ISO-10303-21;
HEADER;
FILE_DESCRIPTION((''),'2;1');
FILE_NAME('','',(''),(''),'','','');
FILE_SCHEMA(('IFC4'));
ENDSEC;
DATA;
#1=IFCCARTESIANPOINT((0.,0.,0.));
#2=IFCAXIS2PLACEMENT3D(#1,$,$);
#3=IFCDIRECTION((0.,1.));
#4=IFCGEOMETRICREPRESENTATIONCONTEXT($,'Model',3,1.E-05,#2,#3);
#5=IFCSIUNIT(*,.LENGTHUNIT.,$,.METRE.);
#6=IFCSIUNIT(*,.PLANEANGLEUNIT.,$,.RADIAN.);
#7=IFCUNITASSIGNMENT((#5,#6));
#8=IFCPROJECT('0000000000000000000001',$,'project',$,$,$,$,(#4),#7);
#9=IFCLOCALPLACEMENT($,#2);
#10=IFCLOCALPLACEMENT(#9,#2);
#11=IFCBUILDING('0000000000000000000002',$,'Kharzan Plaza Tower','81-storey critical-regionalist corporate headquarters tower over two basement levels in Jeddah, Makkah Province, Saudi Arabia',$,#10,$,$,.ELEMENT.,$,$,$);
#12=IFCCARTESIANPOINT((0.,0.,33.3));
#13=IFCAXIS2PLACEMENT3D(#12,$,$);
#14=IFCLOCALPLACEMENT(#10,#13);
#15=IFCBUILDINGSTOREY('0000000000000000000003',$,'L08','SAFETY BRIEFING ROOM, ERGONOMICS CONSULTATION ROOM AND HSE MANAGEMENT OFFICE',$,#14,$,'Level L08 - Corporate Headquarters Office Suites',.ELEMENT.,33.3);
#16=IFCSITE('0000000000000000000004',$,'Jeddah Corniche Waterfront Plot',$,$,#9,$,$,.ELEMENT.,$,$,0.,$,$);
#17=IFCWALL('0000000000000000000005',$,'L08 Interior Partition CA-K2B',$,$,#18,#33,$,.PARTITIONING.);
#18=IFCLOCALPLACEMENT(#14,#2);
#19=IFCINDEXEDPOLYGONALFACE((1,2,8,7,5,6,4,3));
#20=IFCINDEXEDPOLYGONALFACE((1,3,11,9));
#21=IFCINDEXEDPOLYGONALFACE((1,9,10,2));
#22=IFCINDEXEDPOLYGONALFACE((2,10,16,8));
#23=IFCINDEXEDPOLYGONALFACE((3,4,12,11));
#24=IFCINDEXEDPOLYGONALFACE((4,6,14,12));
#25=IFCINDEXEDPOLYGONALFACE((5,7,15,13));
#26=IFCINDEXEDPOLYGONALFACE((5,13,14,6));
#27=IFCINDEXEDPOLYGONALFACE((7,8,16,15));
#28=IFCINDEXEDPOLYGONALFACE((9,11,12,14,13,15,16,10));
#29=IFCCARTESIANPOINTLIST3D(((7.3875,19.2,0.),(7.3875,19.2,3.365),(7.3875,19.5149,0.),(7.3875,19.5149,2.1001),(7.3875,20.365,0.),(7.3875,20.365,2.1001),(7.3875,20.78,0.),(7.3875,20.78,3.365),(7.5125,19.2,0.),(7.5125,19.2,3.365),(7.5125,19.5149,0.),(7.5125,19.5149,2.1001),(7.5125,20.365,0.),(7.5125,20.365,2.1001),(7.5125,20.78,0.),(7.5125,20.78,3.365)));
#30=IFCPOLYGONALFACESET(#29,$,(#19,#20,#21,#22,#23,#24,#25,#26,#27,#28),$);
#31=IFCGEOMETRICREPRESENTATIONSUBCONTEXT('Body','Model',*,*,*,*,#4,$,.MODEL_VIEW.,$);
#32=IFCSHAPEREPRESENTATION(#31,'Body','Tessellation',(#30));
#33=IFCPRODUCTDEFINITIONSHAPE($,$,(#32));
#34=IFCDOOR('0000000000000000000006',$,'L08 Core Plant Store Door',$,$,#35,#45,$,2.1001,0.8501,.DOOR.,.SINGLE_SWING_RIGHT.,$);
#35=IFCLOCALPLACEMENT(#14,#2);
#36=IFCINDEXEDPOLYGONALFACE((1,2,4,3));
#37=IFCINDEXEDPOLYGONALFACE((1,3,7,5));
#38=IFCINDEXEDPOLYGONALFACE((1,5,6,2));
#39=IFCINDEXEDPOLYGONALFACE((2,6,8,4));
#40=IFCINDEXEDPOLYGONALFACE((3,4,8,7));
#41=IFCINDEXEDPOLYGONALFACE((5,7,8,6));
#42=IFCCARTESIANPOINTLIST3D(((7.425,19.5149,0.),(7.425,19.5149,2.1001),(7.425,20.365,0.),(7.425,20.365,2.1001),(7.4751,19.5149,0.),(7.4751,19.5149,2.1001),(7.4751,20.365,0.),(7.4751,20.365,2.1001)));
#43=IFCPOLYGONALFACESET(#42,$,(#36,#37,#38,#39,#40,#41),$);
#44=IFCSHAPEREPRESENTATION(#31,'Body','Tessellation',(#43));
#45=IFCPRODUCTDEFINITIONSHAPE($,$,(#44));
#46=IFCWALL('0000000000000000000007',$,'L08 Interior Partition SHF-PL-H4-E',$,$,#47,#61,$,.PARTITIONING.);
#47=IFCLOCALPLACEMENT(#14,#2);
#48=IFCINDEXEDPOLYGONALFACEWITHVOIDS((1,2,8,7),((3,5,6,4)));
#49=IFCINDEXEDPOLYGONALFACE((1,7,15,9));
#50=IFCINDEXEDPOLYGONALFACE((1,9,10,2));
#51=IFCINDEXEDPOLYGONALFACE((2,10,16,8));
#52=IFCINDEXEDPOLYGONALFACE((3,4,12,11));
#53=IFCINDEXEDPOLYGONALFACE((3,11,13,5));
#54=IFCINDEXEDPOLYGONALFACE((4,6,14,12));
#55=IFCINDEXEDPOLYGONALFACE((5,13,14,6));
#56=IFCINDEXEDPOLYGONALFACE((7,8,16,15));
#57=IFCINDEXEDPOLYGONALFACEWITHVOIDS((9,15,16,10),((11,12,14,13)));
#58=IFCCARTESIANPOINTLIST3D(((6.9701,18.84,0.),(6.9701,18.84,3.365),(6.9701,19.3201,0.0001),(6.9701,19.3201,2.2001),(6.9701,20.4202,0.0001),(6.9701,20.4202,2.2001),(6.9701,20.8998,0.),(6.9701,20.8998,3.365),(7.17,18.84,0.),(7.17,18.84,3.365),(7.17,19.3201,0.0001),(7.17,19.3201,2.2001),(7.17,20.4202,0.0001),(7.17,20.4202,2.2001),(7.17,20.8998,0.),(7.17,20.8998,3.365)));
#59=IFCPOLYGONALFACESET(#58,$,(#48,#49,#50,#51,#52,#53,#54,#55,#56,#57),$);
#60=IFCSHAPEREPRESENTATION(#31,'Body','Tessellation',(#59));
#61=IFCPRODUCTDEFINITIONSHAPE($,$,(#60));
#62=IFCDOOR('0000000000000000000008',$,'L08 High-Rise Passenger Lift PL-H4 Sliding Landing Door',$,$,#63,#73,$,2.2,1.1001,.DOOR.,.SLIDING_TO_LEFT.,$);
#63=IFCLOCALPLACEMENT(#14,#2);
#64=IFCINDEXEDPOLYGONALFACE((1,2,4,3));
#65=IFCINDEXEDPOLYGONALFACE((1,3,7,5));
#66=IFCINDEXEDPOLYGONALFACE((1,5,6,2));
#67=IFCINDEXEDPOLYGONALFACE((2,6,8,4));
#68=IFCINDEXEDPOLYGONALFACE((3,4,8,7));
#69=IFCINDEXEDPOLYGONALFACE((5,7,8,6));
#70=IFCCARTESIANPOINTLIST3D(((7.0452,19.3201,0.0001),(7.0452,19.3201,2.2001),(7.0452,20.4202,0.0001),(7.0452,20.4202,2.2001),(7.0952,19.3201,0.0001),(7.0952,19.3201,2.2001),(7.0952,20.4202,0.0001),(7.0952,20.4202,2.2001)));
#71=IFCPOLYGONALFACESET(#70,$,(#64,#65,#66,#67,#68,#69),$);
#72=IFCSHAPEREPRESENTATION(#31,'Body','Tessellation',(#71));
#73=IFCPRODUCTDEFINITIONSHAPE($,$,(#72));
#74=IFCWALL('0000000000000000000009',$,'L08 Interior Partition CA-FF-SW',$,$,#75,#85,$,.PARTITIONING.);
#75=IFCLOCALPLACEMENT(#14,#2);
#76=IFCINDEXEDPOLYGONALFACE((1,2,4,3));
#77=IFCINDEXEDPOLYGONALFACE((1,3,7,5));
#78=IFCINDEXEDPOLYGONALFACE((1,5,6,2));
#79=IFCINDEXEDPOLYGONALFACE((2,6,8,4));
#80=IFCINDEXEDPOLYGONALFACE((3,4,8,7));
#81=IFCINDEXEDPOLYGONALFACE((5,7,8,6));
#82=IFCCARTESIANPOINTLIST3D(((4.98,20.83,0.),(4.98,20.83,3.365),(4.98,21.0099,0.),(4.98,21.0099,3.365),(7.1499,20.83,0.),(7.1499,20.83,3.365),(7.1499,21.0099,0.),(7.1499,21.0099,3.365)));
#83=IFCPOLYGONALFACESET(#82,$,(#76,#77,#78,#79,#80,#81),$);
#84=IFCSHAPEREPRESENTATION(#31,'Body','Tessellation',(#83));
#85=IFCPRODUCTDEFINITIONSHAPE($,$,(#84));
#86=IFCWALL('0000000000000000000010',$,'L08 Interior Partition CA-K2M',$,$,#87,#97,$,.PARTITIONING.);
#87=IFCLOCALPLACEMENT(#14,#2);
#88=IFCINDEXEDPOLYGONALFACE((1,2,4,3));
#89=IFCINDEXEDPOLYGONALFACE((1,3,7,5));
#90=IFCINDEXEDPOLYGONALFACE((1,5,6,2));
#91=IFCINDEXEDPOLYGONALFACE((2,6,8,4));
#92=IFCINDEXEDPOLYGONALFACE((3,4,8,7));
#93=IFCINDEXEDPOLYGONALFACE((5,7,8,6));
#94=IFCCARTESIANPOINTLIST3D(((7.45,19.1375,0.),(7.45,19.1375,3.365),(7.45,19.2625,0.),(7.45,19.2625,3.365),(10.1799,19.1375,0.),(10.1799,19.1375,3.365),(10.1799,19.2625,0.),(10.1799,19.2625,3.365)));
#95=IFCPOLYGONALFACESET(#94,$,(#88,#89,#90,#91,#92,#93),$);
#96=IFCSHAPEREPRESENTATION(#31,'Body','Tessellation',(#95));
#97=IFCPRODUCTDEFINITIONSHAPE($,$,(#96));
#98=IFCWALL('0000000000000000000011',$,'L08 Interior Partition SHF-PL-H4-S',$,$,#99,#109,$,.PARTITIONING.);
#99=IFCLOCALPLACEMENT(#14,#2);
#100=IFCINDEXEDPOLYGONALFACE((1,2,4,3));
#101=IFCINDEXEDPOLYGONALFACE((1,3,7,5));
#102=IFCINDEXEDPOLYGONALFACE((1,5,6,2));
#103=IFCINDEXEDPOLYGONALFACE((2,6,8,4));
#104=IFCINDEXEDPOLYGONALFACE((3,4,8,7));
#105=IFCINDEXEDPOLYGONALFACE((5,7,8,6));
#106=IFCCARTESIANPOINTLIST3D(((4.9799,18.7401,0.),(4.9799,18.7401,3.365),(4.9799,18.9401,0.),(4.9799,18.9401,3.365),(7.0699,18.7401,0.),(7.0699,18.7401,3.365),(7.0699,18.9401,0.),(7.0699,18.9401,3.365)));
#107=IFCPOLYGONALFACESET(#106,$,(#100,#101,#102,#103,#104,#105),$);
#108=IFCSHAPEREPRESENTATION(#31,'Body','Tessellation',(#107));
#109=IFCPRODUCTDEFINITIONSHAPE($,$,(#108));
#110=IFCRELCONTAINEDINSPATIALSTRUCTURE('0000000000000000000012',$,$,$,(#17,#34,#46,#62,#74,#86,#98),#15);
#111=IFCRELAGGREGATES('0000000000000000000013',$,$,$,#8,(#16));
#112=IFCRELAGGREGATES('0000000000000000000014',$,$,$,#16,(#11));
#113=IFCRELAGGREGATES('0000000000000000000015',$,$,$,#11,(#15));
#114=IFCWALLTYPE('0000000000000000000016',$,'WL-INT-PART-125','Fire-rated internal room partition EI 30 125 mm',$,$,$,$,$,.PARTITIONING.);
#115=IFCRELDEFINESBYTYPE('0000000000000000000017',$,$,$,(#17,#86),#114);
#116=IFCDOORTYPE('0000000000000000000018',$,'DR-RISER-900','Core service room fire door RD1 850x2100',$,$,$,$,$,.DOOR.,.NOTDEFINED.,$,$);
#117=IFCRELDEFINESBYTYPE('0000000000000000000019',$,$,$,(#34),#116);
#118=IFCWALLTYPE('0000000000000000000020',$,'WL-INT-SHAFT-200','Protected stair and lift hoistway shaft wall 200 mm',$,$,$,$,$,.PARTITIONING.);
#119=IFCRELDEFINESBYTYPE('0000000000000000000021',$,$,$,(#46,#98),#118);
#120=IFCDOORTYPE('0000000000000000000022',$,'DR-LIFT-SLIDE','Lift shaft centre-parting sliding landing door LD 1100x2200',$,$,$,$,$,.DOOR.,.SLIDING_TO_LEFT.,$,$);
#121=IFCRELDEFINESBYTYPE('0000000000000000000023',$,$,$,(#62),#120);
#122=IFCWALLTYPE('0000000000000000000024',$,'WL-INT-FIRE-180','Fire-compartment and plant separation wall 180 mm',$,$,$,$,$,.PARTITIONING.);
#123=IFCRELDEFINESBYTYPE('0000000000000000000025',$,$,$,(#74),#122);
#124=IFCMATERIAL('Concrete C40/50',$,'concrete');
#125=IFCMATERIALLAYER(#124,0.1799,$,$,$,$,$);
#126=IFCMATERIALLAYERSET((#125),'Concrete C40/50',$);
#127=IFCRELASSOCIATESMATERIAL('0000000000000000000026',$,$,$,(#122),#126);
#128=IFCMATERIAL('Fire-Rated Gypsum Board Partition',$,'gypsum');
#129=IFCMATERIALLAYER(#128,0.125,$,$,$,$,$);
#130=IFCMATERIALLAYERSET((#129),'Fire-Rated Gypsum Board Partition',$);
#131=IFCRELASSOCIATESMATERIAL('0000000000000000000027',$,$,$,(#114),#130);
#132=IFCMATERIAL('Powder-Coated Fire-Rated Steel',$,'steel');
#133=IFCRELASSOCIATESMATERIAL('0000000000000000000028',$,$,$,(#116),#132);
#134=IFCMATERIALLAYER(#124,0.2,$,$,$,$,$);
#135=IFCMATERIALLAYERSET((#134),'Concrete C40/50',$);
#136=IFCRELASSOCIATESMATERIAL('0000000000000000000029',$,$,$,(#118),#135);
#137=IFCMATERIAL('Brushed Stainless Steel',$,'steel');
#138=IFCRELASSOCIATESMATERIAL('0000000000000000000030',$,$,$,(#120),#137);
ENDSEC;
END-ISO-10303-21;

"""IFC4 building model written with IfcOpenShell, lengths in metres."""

from ifc_helpers import new_model, si_unit, direction, frame, frame_2d, origin, place, context, subcontext, project, spatial, rectangle, extrude, source, transform, mapped, material, layer, layer_set, type_object, element, fill, save


model = new_model("IFC4")

# Units and contexts
model_context = context("Model", 3, precision=1e-05, world=origin(), true_north=direction((0.0, 1.0)))
body_context = subcontext(model_context, "Body", "Model", "MODEL_VIEW")
ifc_project = project(units=[si_unit("LENGTHUNIT", "METRE"), si_unit("PLANEANGLEUNIT", "RADIAN")], contexts=[model_context])

# Site, building, storey
site_placement = place(None, origin())
site = spatial("IfcSite", under=ifc_project, at=site_placement, Name="Jeddah Corniche Waterfront Plot", CompositionType="ELEMENT", RefElevation=0.0)
building_placement = place(site_placement, origin())
building = spatial("IfcBuilding", under=site, at=building_placement, Name="Kharzan Plaza Tower", Description="81-storey critical-regionalist corporate headquarters tower over two basement levels in Jeddah, Makkah Province, Saudi Arabia", CompositionType="ELEMENT")
storey_placement = place(building_placement, frame((0.0, 0.0, 33.3)))
storey = spatial("IfcBuildingStorey", under=building, at=storey_placement, Name="L08", Description="SAFETY BRIEFING ROOM, ERGONOMICS CONSULTATION ROOM AND HSE MANAGEMENT OFFICE", LongName="Level L08 - Corporate Headquarters Office Suites", CompositionType="ELEMENT", Elevation=33.3)

# Shared definitions
ifc_material_1 = material(Name="Concrete C40/50", Category="concrete")

# Walls, openings, doors
ifc_layer_1 = layer(ifc_material_1, 0.1799)
ifc_layer_set_1 = layer_set([ifc_layer_1], Name="Concrete C40/50")
wall_type_1 = type_object("IfcWallType", Name="WL-INT-FIRE-180", Description="Fire-compartment and plant separation wall 180 mm", PredefinedType="PARTITIONING", material=ifc_layer_set_1)
ifc_material_2 = material(Name="Fire-Rated Gypsum Board Partition", Category="gypsum")
ifc_layer_2 = layer(ifc_material_2, 0.125)
ifc_layer_set_2 = layer_set([ifc_layer_2], Name="Fire-Rated Gypsum Board Partition")
wall_type_2 = type_object("IfcWallType", Name="WL-INT-PART-125", Description="Fire-rated internal room partition EI 30 125 mm", PredefinedType="PARTITIONING", material=ifc_layer_set_2)
wall_1_placement = place(storey_placement, frame((7.45, 19.2, 0.0), z_axis=(0.0, 0.0, 1.0), x_axis=(0.0, 1.0, 0.0)))
wall_1 = element("IfcWall", 1, at=wall_1_placement, inside=storey, type_object=wall_type_2, Name="L08 Interior Partition CA-K2B", PredefinedType="PARTITIONING", context=body_context, shape_type="SweptSolid", body=[
    extrude(rectangle(XDim=1.5801, YDim=0.125, at=frame_2d((0.79, 0.0))), origin(), (0.0, 0.0, 1.0), 3.365),
])
opening_1_placement = place(wall_1_placement, frame((0.3149, 0.0, 0.0)))
opening_1 = element("IfcOpeningElement", 2, at=opening_1_placement, cuts=wall_1, PredefinedType="OPENING", context=body_context, shape_type="SweptSolid", body=[
    extrude(rectangle(XDim=0.8501, YDim=2.1001, at=frame_2d((0.425, 1.05))), frame((0.0, 0.0725, 0.0), z_axis=(0.0, -1.0, 0.0), x_axis=(1.0, 0.0, 0.0)), (0.0, 0.0, 1.0), 0.145),
])
ifc_material_3 = material(Name="Powder-Coated Fire-Rated Steel", Category="steel")
door_type_1 = type_object("IfcDoorType", Name="DR-RISER-900", Description="Core service room fire door RD1 850x2100", OperationType="NOTDEFINED", PredefinedType="DOOR", material=ifc_material_3)
shared_shape_1 = source(origin(), body_context, "Body", "SweptSolid", [
    extrude(rectangle(XDim=0.8501, YDim=2.1001, at=frame_2d((0.425, 1.05))), frame((0.0, 0.0249, 0.0), z_axis=(0.0, -1.0, 0.0), x_axis=(1.0, 0.0, 0.0)), (0.0, 0.0, 1.0), 0.05),
])
door_1_placement = place(opening_1_placement, origin())
door_1 = element("IfcDoor", 3, at=door_1_placement, inside=storey, type_object=door_type_1, Name="L08 Core Plant Store Door", OperationType="SINGLE_SWING_RIGHT", OverallHeight=2.1001, OverallWidth=0.8501, PredefinedType="DOOR", context=body_context, shape_type="MappedRepresentation", body=[
    mapped(shared_shape_1, transform((0.0, 0.0, 0.0), x_axis=(1.0, 0.0, 0.0), y_axis=(0.0, 1.0, 0.0), z_axis=(0.0, 0.0, 1.0))),
])
fill(opening_1, door_1)
ifc_layer_3 = layer(ifc_material_1, 0.2)
ifc_layer_set_3 = layer_set([ifc_layer_3], Name="Concrete C40/50")
wall_type_3 = type_object("IfcWallType", Name="WL-INT-SHAFT-200", Description="Protected stair and lift hoistway shaft wall 200 mm", PredefinedType="PARTITIONING", material=ifc_layer_set_3)
wall_2_placement = place(storey_placement, frame((7.0701, 18.8401, 0.0), z_axis=(0.0, 0.0, 1.0), x_axis=(0.0, 1.0, 0.0)))
wall_2 = element("IfcWall", 4, at=wall_2_placement, inside=storey, type_object=wall_type_3, Name="L08 Interior Partition SHF-PL-H4-E", PredefinedType="PARTITIONING", context=body_context, shape_type="SweptSolid", body=[
    extrude(rectangle(XDim=2.0598, YDim=0.2, at=frame_2d((1.0298, 0.0))), origin(), (0.0, 0.0, 1.0), 3.365),
])
opening_2_placement = place(wall_2_placement, frame((0.48, 0.0, 0.0)))
opening_2 = element("IfcOpeningElement", 5, at=opening_2_placement, cuts=wall_2, PredefinedType="OPENING", context=body_context, shape_type="SweptSolid", body=[
    extrude(rectangle(XDim=1.1001, YDim=2.2, at=frame_2d((0.55, 1.1001))), frame((0.0, 0.1099, 0.0), z_axis=(0.0, -1.0, 0.0), x_axis=(1.0, 0.0, 0.0)), (0.0, 0.0, 1.0), 0.22),
])
ifc_material_4 = material(Name="Brushed Stainless Steel", Category="steel")
door_type_2 = type_object("IfcDoorType", Name="DR-LIFT-SLIDE", Description="Lift shaft centre-parting sliding landing door LD 1100x2200", OperationType="SLIDING_TO_LEFT", PredefinedType="DOOR", material=ifc_material_4)
shared_shape_2 = source(origin(), body_context, "Body", "SweptSolid", [
    extrude(rectangle(XDim=1.1001, YDim=2.2, at=frame_2d((0.55, 1.1001))), frame((0.0, 0.0249, 0.0), z_axis=(0.0, -1.0, 0.0), x_axis=(1.0, 0.0, 0.0)), (0.0, 0.0, 1.0), 0.05),
])
door_2_placement = place(opening_2_placement, origin())
door_2 = element("IfcDoor", 6, at=door_2_placement, inside=storey, type_object=door_type_2, Name="L08 High-Rise Passenger Lift PL-H4 Sliding Landing Door", OperationType="SLIDING_TO_LEFT", OverallHeight=2.2, OverallWidth=1.1001, PredefinedType="DOOR", context=body_context, shape_type="MappedRepresentation", body=[
    mapped(shared_shape_2, transform((0.0, 0.0, 0.0), x_axis=(1.0, 0.0, 0.0), y_axis=(0.0, 1.0, 0.0), z_axis=(0.0, 0.0, 1.0))),
])
fill(opening_2, door_2)

# Walls
shared_shape_3 = source(origin(), body_context, "Body", "SweptSolid", [
    extrude(rectangle(XDim=2.1699, YDim=0.1799, at=frame_2d((1.085, 0.0))), origin(), (0.0, 0.0, 1.0), 3.365),
])
wall_3_placement = place(storey_placement, frame((4.98, 20.9199, 0.0), z_axis=(0.0, 0.0, 1.0), x_axis=(1.0, 0.0, 0.0)))
element("IfcWall", 7, at=wall_3_placement, inside=storey, type_object=wall_type_1, Name="L08 Interior Partition CA-FF-SW", PredefinedType="PARTITIONING", context=body_context, shape_type="MappedRepresentation", body=[
    mapped(shared_shape_3, transform((0.0, 0.0, 0.0), x_axis=(1.0, 0.0, 0.0), y_axis=(0.0, 1.0, 0.0), z_axis=(0.0, 0.0, 1.0))),
])
shared_shape_4 = source(origin(), body_context, "Body", "SweptSolid", [
    extrude(rectangle(XDim=2.73, YDim=0.125, at=frame_2d((1.365, 0.0))), origin(), (0.0, 0.0, 1.0), 3.365),
])
wall_4_placement = place(storey_placement, frame((7.45, 19.2, 0.0), z_axis=(0.0, 0.0, 1.0), x_axis=(1.0, 0.0, 0.0)))
element("IfcWall", 8, at=wall_4_placement, inside=storey, type_object=wall_type_2, Name="L08 Interior Partition CA-K2M", PredefinedType="PARTITIONING", context=body_context, shape_type="MappedRepresentation", body=[
    mapped(shared_shape_4, transform((0.0, 0.0, 0.0), x_axis=(1.0, 0.0, 0.0), y_axis=(0.0, 1.0, 0.0), z_axis=(0.0, 0.0, 1.0))),
])
shared_shape_5 = source(origin(), body_context, "Body", "SweptSolid", [
    extrude(rectangle(XDim=2.0901, YDim=0.2, at=frame_2d((1.0449, 0.0))), origin(), (0.0, 0.0, 1.0), 3.365),
])
wall_5_placement = place(storey_placement, frame((4.98, 18.8401, 0.0), z_axis=(0.0, 0.0, 1.0), x_axis=(1.0, 0.0, 0.0)))
element("IfcWall", 9, at=wall_5_placement, inside=storey, type_object=wall_type_3, Name="L08 Interior Partition SHF-PL-H4-S", PredefinedType="PARTITIONING", context=body_context, shape_type="MappedRepresentation", body=[
    mapped(shared_shape_5, transform((0.0, 0.0, 0.0), x_axis=(1.0, 0.0, 0.0), y_axis=(0.0, 1.0, 0.0), z_axis=(0.0, 0.0, 1.0))),
])

save(model, "model.ifc")
